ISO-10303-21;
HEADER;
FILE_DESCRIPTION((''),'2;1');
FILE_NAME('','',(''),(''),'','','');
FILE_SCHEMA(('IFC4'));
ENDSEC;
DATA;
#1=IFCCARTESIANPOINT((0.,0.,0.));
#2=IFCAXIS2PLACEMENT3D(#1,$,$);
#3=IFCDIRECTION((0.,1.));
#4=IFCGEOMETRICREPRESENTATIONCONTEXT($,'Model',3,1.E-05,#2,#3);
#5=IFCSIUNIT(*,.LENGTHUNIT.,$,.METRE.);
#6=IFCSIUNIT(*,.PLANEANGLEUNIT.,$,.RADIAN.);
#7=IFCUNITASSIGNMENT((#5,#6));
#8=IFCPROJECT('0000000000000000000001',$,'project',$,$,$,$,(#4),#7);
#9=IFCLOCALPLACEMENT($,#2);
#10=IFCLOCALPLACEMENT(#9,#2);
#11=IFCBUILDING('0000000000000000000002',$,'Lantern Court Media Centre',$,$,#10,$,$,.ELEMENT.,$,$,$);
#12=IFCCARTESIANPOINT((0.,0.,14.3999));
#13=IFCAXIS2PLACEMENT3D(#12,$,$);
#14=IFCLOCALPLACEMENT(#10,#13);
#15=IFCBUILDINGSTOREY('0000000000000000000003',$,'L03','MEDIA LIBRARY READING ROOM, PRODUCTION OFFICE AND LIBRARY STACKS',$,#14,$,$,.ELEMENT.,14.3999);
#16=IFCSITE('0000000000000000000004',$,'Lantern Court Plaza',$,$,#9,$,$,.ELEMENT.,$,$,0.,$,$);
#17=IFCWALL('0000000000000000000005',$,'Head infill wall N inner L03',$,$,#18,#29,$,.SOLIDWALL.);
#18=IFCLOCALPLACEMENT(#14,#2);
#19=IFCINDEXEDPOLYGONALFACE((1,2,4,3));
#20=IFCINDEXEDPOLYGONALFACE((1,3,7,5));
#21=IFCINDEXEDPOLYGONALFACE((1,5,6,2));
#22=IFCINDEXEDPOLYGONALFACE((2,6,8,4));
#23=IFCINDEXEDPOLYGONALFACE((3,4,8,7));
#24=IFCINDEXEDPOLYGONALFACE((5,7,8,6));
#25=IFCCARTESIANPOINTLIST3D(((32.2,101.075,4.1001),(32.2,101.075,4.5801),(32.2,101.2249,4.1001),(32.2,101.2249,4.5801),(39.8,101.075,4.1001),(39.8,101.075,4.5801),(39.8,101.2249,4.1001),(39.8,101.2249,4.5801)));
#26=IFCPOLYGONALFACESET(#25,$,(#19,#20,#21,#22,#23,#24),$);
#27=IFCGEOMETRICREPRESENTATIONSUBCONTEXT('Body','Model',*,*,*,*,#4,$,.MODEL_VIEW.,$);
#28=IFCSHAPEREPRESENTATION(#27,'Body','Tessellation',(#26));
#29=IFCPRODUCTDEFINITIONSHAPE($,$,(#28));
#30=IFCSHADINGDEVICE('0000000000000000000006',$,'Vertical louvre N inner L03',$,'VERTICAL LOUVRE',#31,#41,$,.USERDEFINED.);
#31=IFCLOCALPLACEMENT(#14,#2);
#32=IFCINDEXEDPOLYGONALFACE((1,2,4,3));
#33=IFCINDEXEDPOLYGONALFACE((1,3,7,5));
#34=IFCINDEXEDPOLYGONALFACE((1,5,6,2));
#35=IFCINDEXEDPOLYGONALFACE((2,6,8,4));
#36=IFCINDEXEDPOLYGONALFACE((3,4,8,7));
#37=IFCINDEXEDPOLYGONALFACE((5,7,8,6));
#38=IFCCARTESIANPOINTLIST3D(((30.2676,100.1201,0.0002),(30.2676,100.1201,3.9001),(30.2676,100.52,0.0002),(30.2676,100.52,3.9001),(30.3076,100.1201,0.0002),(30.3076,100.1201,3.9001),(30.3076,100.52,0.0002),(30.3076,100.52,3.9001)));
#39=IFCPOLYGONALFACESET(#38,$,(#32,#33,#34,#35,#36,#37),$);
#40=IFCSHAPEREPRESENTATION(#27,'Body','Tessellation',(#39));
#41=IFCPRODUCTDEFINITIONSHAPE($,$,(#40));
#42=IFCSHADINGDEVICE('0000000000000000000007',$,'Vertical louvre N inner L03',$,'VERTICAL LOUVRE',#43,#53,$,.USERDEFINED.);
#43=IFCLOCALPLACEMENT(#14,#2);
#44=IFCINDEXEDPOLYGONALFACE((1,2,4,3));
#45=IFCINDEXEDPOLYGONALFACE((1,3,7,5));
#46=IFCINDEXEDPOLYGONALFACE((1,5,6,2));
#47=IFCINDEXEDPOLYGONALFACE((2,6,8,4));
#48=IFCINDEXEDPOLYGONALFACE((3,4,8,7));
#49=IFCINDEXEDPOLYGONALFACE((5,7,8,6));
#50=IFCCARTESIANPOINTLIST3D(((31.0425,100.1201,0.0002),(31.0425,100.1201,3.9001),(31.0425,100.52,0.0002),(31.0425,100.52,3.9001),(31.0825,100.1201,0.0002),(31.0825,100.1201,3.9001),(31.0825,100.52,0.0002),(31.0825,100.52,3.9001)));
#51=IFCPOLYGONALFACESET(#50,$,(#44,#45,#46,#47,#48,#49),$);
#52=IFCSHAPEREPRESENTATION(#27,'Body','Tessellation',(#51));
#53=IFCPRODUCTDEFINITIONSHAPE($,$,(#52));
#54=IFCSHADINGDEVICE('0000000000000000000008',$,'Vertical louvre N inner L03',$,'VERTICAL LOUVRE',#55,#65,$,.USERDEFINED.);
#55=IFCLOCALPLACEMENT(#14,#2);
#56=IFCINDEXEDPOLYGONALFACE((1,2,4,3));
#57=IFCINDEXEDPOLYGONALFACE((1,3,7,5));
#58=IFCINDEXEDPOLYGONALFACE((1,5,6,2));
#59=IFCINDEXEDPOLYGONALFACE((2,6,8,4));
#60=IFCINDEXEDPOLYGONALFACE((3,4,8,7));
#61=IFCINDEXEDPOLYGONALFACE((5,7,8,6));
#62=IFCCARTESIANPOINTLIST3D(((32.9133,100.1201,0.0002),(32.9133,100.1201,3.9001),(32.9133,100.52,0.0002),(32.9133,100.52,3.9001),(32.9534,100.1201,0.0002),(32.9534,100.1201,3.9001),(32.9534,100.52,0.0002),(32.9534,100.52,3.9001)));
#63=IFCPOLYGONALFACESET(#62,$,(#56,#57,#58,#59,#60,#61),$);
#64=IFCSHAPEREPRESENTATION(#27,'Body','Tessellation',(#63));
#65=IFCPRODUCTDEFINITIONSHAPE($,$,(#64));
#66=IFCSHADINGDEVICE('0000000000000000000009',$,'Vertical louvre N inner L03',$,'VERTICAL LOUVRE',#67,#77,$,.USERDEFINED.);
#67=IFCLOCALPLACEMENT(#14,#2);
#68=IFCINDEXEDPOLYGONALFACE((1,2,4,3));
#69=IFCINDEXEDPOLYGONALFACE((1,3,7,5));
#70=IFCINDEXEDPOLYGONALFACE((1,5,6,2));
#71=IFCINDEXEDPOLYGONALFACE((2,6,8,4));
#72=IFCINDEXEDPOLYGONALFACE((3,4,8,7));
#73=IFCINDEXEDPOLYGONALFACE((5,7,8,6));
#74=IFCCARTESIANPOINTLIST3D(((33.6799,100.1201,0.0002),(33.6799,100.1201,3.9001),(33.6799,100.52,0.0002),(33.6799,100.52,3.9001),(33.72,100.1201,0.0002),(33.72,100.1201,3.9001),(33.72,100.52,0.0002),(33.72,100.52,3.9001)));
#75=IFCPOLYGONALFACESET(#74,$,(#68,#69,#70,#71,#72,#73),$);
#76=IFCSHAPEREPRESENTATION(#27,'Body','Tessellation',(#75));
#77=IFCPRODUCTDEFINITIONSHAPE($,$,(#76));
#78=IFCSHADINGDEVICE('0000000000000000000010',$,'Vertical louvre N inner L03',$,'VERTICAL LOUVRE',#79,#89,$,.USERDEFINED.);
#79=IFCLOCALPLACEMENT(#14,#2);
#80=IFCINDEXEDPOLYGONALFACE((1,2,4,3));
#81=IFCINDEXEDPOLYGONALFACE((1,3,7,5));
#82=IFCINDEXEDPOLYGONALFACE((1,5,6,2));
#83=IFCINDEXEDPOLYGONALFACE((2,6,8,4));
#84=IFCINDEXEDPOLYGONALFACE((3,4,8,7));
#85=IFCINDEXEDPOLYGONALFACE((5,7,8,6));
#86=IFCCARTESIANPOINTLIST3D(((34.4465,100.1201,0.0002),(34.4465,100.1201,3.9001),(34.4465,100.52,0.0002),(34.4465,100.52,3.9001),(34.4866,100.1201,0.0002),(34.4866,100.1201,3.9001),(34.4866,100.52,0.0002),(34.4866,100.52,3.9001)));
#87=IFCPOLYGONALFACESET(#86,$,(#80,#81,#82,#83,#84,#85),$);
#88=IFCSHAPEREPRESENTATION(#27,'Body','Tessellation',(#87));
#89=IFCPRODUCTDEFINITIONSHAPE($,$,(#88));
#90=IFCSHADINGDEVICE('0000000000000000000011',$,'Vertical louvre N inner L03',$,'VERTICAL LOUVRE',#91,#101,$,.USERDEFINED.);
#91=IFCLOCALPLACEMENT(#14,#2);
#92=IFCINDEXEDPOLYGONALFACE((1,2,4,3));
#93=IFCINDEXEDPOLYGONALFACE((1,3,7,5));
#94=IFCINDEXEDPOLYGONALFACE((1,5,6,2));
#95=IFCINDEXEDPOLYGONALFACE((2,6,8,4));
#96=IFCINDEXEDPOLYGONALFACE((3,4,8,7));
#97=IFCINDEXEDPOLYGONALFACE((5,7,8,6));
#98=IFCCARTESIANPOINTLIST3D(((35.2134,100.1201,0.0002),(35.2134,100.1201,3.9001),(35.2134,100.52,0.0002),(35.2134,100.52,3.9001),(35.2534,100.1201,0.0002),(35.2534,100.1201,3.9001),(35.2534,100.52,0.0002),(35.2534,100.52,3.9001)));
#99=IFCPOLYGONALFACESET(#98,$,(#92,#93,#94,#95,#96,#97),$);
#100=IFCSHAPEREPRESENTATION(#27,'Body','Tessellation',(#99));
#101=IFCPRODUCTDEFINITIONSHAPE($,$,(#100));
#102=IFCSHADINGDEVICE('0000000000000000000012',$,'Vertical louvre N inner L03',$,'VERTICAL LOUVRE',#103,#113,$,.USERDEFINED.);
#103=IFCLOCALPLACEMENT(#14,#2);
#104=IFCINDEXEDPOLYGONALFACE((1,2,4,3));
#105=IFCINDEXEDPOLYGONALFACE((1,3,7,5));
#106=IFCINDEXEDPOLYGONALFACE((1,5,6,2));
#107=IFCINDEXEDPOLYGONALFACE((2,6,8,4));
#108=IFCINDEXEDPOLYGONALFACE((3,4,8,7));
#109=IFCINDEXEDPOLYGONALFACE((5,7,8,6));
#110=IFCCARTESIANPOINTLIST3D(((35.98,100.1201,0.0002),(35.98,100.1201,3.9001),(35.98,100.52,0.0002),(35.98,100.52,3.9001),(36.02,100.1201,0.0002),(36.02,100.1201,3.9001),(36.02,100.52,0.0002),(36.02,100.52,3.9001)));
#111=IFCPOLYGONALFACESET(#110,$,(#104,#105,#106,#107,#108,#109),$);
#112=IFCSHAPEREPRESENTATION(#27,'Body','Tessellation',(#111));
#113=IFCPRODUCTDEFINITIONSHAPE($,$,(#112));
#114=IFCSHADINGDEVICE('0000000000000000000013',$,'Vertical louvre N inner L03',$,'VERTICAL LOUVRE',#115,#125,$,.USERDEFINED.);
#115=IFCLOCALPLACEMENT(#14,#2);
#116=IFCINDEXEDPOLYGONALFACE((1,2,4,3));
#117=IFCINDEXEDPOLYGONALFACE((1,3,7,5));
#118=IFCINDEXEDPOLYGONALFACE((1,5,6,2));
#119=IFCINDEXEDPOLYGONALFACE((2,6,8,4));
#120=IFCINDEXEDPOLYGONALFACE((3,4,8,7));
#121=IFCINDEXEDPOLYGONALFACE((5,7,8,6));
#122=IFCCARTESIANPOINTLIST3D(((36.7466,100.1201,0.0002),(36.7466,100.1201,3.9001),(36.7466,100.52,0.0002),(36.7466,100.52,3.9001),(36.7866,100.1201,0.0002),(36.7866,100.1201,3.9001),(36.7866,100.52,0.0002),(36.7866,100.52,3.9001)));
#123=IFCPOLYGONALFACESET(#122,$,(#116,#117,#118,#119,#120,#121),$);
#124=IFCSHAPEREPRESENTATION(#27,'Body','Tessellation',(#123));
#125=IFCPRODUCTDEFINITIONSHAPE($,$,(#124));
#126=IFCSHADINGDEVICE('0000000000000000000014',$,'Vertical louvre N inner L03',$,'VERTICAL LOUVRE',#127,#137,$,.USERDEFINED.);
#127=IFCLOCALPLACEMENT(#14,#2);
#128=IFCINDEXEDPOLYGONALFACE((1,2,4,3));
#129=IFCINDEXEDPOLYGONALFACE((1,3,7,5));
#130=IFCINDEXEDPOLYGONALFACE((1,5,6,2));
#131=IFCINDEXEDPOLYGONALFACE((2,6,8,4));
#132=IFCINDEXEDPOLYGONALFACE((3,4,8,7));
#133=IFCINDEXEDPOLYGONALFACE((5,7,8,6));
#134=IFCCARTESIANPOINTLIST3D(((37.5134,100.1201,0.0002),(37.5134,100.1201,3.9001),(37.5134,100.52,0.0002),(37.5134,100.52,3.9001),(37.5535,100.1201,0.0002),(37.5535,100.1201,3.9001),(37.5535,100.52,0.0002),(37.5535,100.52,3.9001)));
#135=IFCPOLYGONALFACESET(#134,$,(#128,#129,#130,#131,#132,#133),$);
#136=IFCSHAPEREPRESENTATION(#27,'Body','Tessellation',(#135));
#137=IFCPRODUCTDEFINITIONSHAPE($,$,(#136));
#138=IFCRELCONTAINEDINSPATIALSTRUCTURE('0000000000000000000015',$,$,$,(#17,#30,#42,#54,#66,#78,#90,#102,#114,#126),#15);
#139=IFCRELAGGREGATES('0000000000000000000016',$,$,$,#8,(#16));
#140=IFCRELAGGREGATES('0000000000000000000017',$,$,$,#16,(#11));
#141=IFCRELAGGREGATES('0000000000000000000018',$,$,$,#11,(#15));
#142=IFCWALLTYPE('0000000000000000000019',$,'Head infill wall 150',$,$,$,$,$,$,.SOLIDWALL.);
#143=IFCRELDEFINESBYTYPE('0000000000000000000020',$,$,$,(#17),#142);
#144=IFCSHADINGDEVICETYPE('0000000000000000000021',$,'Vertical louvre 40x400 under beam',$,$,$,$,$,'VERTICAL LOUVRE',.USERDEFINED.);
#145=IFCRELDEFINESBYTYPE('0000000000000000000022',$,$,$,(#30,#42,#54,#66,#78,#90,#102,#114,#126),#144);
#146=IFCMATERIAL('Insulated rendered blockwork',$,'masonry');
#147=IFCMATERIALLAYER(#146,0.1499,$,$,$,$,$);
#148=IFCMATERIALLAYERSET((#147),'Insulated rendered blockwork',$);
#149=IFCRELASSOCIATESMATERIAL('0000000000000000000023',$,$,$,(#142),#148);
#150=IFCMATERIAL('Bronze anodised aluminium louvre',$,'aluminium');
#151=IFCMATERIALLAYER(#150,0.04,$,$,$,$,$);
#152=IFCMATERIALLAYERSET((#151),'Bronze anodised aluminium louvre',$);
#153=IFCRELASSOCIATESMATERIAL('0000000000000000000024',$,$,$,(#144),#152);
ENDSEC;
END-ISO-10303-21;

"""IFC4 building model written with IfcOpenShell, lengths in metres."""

from ifc_helpers import new_model, si_unit, direction, frame, frame_2d, origin, origin_2d, place, context, subcontext, project, spatial, rectangle, extrude, material, layer, layer_set, type_object, element, save


model = new_model("IFC4")

# Units and contexts
model_context = context("Model", 3, precision=1e-05, world=origin(), true_north=direction((0.0, 1.0)))
body_context = subcontext(model_context, "Body", "Model", "MODEL_VIEW")
ifc_project = project(units=[si_unit("LENGTHUNIT", "METRE"), si_unit("PLANEANGLEUNIT", "RADIAN")], contexts=[model_context])

# Site, building, storey
site_placement = place(None, origin())
site = spatial("IfcSite", under=ifc_project, at=site_placement, Name="Lantern Court Plaza", CompositionType="ELEMENT", RefElevation=0.0)
building_placement = place(site_placement, origin())
building = spatial("IfcBuilding", under=site, at=building_placement, Name="Lantern Court Media Centre", CompositionType="ELEMENT")
storey_placement = place(building_placement, frame((0.0, 0.0, 14.3999)))
storey = spatial("IfcBuildingStorey", under=building, at=storey_placement, Name="L03", Description="MEDIA LIBRARY READING ROOM, PRODUCTION OFFICE AND LIBRARY STACKS", CompositionType="ELEMENT", Elevation=14.3999)

# Wall
ifc_material_1 = material(Name="Insulated rendered blockwork", Category="masonry")
ifc_layer_1 = layer(ifc_material_1, 0.1499)
ifc_layer_set_1 = layer_set([ifc_layer_1], Name="Insulated rendered blockwork")
wall_type = type_object("IfcWallType", Name="Head infill wall 150", PredefinedType="SOLIDWALL", material=ifc_layer_set_1)
wall_placement = place(storey_placement, frame((32.2, 101.1499, 4.1001), z_axis=(0.0, 0.0, 1.0), x_axis=(1.0, 0.0, 0.0)))
element("IfcWall", 1, at=wall_placement, inside=storey, type_object=wall_type, Name="Head infill wall N inner L03", PredefinedType="SOLIDWALL", context=body_context, shape_type="SweptSolid", body=[
    extrude(rectangle(XDim=7.6001, YDim=0.1499, at=frame_2d((3.8, 0.0))), origin(), (0.0, 0.0, 1.0), 0.48),
])

# Shading devices
ifc_material_2 = material(Name="Bronze anodised aluminium louvre", Category="aluminium")
ifc_layer_2 = layer(ifc_material_2, 0.04)
ifc_layer_set_2 = layer_set([ifc_layer_2], Name="Bronze anodised aluminium louvre")
shading_device_type = type_object("IfcShadingDeviceType", Name="Vertical louvre 40x400 under beam", ElementType="VERTICAL LOUVRE", PredefinedType="USERDEFINED", material=ifc_layer_set_2)
for number, where, z_axis, x_axis, name in (
    (2, (30.2876, 100.3201, 0.0002), (0.0, 0.0, 1.0), (1.0, 0.0, 0.0), "Vertical louvre N inner L03"),
    (3, (31.0625, 100.3201, 0.0002), (0.0, 0.0, 1.0), (1.0, 0.0, 0.0), "Vertical louvre N inner L03"),
    (4, (32.9333, 100.3201, 0.0002), (0.0, 0.0, 1.0), (1.0, 0.0, 0.0), "Vertical louvre N inner L03"),
    (5, (33.7, 100.3201, 0.0002), (0.0, 0.0, 1.0), (1.0, 0.0, 0.0), "Vertical louvre N inner L03"),
    (6, (34.4666, 100.3201, 0.0002), (0.0, 0.0, 1.0), (1.0, 0.0, 0.0), "Vertical louvre N inner L03"),
    (7, (35.2334, 100.3201, 0.0002), (0.0, 0.0, 1.0), (1.0, 0.0, 0.0), "Vertical louvre N inner L03"),
    (8, (36.0, 100.3201, 0.0002), (0.0, 0.0, 1.0), (1.0, 0.0, 0.0), "Vertical louvre N inner L03"),
    (9, (36.7666, 100.3201, 0.0002), (0.0, 0.0, 1.0), (1.0, 0.0, 0.0), "Vertical louvre N inner L03"),
    (10, (37.5334, 100.3201, 0.0002), (0.0, 0.0, 1.0), (1.0, 0.0, 0.0), "Vertical louvre N inner L03"),
):
    element("IfcShadingDevice", number, at=place(storey_placement, frame(where, z_axis=z_axis, x_axis=x_axis)), inside=storey, type_object=shading_device_type, Name=name, ObjectType="VERTICAL LOUVRE", PredefinedType="USERDEFINED", context=body_context, shape_type="SweptSolid", body=[
        extrude(rectangle(XDim=0.04, YDim=0.3999, at=origin_2d()), origin(), (0.0, 0.0, 1.0), 3.8999),
    ])

save(model, "model.ifc")
